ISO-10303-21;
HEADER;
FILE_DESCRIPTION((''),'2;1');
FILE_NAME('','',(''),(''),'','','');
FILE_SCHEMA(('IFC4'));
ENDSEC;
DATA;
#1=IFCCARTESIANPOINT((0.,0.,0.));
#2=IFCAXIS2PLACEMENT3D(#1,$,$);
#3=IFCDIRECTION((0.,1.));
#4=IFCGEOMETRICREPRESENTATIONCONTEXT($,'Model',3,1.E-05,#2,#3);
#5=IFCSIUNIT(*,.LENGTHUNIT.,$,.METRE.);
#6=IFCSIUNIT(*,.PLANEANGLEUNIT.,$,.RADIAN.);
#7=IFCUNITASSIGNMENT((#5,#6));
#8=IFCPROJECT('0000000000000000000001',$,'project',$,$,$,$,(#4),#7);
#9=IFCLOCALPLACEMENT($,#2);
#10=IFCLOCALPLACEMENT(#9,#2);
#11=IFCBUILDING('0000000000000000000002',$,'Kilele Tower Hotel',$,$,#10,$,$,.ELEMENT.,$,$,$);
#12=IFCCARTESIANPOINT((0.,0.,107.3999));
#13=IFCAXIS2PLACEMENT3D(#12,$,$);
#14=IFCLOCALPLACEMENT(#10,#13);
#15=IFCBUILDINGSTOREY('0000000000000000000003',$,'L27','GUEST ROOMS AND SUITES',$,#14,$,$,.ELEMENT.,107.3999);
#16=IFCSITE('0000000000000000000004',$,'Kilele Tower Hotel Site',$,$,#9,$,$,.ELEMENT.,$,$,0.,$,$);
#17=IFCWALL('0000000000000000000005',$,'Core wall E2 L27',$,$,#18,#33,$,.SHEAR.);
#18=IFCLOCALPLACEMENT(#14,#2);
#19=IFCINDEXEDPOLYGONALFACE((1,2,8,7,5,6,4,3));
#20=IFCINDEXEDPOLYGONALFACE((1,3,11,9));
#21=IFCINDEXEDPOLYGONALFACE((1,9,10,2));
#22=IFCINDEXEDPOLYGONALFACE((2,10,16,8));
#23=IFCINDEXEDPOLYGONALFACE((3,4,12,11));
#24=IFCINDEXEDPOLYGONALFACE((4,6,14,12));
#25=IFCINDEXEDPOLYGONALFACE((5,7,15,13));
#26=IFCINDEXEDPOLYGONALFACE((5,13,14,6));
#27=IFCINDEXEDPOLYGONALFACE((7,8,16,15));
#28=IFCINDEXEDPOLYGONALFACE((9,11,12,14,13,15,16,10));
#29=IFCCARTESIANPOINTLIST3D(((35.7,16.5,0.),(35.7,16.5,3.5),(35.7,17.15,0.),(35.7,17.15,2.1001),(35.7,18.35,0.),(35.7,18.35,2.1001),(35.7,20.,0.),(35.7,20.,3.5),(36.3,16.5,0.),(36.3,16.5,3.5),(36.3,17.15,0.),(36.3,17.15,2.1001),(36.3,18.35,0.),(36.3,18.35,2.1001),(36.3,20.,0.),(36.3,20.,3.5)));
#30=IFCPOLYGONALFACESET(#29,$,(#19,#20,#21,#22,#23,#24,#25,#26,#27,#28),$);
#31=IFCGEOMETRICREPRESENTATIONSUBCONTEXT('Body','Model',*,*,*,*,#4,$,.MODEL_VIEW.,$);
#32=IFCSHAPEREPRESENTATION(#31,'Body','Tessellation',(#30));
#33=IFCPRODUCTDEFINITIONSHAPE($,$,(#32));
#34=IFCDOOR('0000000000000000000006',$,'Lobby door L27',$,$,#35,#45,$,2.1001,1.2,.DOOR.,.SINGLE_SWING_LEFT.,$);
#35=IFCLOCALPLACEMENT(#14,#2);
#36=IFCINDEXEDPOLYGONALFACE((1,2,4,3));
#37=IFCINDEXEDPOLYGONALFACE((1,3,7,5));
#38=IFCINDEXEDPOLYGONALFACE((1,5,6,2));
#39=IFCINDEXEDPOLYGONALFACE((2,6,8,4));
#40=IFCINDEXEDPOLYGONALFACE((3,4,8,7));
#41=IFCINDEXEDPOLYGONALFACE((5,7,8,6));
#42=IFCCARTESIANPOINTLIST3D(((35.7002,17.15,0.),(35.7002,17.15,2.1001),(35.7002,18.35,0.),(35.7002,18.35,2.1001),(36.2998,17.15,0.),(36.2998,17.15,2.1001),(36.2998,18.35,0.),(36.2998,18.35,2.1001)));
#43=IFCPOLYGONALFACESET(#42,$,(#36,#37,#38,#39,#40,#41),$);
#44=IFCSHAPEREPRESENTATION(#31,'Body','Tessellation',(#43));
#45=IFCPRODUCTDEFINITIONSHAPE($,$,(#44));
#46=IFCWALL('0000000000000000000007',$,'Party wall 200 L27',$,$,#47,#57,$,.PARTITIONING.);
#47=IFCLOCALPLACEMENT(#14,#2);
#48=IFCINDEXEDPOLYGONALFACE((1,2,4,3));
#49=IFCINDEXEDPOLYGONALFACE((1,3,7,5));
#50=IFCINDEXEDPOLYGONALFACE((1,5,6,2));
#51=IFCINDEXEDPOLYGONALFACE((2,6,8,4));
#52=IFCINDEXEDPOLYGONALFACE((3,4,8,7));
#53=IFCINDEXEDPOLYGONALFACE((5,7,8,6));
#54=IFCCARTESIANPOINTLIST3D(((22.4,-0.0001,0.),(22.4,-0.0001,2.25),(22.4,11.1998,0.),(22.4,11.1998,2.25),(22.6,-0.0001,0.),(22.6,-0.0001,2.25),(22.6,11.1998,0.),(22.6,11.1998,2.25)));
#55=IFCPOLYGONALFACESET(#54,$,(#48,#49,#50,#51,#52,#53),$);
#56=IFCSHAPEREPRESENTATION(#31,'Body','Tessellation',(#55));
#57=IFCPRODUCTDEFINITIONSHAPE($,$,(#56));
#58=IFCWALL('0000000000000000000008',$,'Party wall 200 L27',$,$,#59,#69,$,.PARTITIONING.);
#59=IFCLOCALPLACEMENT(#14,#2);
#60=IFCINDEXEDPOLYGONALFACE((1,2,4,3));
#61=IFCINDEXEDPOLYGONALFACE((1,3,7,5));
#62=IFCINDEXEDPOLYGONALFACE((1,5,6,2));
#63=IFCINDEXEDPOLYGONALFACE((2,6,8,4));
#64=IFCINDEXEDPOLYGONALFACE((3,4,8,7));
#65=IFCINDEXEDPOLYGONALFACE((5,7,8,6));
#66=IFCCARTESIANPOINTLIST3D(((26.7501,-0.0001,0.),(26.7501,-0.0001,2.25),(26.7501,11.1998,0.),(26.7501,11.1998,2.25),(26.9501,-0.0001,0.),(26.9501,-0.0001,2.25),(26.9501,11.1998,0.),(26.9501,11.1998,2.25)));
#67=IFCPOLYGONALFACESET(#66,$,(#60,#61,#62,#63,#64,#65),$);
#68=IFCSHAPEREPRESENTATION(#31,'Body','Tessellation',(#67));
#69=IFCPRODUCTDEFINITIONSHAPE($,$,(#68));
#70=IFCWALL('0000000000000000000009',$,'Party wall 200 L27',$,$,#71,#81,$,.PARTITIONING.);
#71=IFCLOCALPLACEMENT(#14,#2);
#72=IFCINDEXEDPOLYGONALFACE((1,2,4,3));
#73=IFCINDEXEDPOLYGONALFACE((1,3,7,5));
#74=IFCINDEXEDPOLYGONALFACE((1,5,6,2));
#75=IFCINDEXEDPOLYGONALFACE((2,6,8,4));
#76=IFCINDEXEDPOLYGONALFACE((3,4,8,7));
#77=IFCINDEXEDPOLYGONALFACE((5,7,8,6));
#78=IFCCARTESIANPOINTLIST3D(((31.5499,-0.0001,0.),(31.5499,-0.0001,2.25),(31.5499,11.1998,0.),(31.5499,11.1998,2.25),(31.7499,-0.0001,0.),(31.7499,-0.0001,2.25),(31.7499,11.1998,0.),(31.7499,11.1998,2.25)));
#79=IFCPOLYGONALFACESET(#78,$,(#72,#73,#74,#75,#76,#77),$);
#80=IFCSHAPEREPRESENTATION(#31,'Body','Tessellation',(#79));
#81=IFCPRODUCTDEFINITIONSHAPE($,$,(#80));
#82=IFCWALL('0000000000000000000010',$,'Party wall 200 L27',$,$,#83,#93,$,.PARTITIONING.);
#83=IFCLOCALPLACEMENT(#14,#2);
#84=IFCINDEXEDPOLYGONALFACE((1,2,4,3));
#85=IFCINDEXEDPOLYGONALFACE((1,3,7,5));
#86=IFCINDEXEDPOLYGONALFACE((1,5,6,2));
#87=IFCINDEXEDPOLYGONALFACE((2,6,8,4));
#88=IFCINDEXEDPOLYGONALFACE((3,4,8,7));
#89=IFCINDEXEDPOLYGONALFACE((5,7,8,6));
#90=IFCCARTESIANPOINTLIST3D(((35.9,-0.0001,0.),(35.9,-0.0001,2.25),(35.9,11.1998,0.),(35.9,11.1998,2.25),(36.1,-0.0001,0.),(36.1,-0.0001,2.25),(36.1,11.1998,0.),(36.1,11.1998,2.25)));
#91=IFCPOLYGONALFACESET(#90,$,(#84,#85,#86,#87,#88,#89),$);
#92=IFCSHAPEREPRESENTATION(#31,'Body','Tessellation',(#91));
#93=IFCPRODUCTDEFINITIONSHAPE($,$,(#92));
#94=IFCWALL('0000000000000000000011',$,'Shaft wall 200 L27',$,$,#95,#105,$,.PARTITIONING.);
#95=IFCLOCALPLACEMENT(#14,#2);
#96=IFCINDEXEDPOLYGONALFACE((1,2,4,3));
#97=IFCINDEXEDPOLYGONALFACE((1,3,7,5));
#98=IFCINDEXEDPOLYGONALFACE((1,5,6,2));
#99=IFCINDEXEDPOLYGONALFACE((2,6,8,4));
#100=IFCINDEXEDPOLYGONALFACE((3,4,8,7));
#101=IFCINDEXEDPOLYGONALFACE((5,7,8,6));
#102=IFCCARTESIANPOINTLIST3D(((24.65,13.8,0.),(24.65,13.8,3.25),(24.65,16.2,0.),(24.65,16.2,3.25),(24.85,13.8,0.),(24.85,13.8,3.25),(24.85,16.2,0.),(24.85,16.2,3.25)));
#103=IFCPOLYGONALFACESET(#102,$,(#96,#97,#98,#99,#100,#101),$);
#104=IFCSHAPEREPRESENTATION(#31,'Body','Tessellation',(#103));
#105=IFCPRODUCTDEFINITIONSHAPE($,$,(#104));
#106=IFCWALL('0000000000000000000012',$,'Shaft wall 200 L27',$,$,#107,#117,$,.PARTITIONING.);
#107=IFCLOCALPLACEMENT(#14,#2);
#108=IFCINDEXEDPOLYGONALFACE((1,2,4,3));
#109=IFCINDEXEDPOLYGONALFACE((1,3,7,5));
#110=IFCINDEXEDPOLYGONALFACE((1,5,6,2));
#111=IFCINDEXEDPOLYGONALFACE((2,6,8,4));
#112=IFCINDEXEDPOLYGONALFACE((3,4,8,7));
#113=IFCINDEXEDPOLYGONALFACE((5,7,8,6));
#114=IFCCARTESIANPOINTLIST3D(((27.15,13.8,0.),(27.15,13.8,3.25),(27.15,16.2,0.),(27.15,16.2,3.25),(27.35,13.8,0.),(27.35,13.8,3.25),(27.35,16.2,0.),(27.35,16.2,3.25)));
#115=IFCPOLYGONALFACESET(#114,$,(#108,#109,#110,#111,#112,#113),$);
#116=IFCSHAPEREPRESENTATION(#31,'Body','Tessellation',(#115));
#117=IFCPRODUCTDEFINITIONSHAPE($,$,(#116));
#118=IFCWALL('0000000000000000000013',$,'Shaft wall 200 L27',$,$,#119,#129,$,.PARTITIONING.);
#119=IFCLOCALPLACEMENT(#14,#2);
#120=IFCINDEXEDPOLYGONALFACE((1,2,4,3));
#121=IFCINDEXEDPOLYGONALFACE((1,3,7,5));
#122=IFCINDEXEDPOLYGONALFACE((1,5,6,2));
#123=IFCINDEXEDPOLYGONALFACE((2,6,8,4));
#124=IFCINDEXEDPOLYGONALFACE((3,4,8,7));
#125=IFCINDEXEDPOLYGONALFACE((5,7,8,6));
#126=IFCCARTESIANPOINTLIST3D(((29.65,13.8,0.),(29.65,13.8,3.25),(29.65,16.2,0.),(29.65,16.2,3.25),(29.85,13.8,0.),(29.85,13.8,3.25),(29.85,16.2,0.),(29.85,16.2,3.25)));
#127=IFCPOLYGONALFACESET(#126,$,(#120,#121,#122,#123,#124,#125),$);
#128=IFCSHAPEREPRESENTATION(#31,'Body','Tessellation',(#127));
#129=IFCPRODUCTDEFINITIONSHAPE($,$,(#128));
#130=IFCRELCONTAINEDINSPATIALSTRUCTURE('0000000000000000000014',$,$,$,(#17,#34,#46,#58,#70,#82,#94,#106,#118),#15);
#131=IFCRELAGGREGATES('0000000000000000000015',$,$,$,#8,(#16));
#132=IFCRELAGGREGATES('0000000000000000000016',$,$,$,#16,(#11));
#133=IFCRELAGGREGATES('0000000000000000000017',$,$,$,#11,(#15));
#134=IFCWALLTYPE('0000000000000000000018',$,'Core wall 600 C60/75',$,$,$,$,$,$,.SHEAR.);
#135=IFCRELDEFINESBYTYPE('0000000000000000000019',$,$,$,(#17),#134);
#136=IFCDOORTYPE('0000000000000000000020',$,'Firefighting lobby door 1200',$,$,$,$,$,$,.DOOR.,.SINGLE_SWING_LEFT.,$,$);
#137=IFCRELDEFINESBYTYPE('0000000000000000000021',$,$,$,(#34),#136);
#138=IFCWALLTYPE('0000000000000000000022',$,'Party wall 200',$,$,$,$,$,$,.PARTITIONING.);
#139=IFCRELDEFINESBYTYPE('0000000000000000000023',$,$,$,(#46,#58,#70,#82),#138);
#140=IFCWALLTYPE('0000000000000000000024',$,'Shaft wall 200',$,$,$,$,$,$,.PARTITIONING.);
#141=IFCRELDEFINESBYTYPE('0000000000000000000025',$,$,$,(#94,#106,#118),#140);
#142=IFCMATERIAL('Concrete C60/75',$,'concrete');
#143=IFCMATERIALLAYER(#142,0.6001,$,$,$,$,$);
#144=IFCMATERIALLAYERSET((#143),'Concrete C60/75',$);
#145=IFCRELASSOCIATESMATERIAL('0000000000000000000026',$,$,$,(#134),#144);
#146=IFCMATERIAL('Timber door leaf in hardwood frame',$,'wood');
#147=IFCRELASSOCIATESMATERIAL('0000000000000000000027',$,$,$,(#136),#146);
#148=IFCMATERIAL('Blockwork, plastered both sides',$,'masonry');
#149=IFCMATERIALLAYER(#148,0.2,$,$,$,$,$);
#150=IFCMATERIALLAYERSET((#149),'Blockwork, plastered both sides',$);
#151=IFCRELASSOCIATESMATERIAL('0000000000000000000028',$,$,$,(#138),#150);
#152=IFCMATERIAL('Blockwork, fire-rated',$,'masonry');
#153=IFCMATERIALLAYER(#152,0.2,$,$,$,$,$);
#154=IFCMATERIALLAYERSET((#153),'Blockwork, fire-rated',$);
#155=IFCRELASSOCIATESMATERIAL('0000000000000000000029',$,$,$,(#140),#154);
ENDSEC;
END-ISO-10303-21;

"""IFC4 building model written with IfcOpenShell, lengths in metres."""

from ifc_helpers import new_model, si_unit, direction, frame, frame_2d, origin, place, context, subcontext, project, spatial, rectangle, extrude, material, layer, layer_set, type_object, element, fill, save


model = new_model("IFC4")

# Units and contexts
model_context = context("Model", 3, precision=1e-05, world=origin(), true_north=direction((0.0, 1.0)))
body_context = subcontext(model_context, "Body", "Model", "MODEL_VIEW")
ifc_project = project(units=[si_unit("LENGTHUNIT", "METRE"), si_unit("PLANEANGLEUNIT", "RADIAN")], contexts=[model_context])

# Site, building, storey
site_placement = place(None, origin())
site = spatial("IfcSite", under=ifc_project, at=site_placement, Name="Kilele Tower Hotel Site", CompositionType="ELEMENT", RefElevation=0.0)
building_placement = place(site_placement, origin())
building = spatial("IfcBuilding", under=site, at=building_placement, Name="Kilele Tower Hotel", CompositionType="ELEMENT")
storey_placement = place(building_placement, frame((0.0, 0.0, 107.3999)))
storey = spatial("IfcBuildingStorey", under=building, at=storey_placement, Name="L27", Description="GUEST ROOMS AND SUITES", CompositionType="ELEMENT", Elevation=107.3999)

# Shared definitions
ifc_material_1 = material(Name="Concrete C60/75", Category="concrete")
ifc_layer_1 = layer(ifc_material_1, 0.6001)
ifc_layer_set_1 = layer_set([ifc_layer_1], Name="Concrete C60/75")
wall_type_1 = type_object("IfcWallType", Name="Core wall 600 C60/75", PredefinedType="SHEAR", material=ifc_layer_set_1)
ifc_material_2 = material(Name="Timber door leaf in hardwood frame", Category="wood")
door_type_1 = type_object("IfcDoorType", Name="Firefighting lobby door 1200", OperationType="SINGLE_SWING_LEFT", PredefinedType="DOOR", material=ifc_material_2)

# Wall, opening, door
wall_1_placement = place(storey_placement, frame((36.0, 16.5, 0.0), z_axis=(0.0, 0.0, 1.0), x_axis=(0.0, 1.0, 0.0)))
wall_1 = element("IfcWall", 1, at=wall_1_placement, inside=storey, type_object=wall_type_1, Name="Core wall E2 L27", PredefinedType="SHEAR", context=body_context, shape_type="SweptSolid", body=[
    extrude(rectangle(XDim=3.5, YDim=0.6001, at=frame_2d((1.75, 0.0))), origin(), (0.0, 0.0, 1.0), 3.5),
])
opening_1_placement = place(wall_1_placement, frame((0.6499, 0.0, 0.0)))
opening_1 = element("IfcOpeningElement", 2, at=opening_1_placement, cuts=wall_1, PredefinedType="OPENING", context=body_context, shape_type="SweptSolid", body=[
    extrude(rectangle(XDim=1.2, YDim=2.1001, at=frame_2d((0.6001, 1.05))), frame((0.0, 0.3101, 0.0), z_axis=(0.0, -1.0, 0.0), x_axis=(1.0, 0.0, 0.0)), (0.0, 0.0, 1.0), 0.6201),
])
door_1_placement = place(opening_1_placement, origin())
door_1 = element("IfcDoor", 3, at=door_1_placement, inside=storey, type_object=door_type_1, Name="Lobby door L27", OperationType="SINGLE_SWING_LEFT", OverallHeight=2.1001, OverallWidth=1.2, PredefinedType="DOOR", context=body_context, shape_type="SweptSolid", body=[
    extrude(rectangle(XDim=1.2, YDim=2.1001, at=frame_2d((0.6001, 1.05))), frame((0.0, 0.2998, 0.0), z_axis=(0.0, -1.0, 0.0), x_axis=(1.0, 0.0, 0.0)), (0.0, 0.0, 1.0), 0.5996),
])
fill(opening_1, door_1)

# Walls
ifc_material_3 = material(Name="Blockwork, plastered both sides", Category="masonry")
ifc_layer_2 = layer(ifc_material_3, 0.2)
ifc_layer_set_2 = layer_set([ifc_layer_2], Name="Blockwork, plastered both sides")
wall_type_2 = type_object("IfcWallType", Name="Party wall 200", PredefinedType="PARTITIONING", material=ifc_layer_set_2)
for number, where, z_axis, x_axis, name in (
    (4, (22.5, 11.2, 0.0), (0.0, 0.0, 1.0), (0.0, -1.0, 0.0), "Party wall 200 L27"),
    (5, (26.8501, 11.2, 0.0), (0.0, 0.0, 1.0), (0.0, -1.0, 0.0), "Party wall 200 L27"),
    (6, (31.6499, 11.2, 0.0), (0.0, 0.0, 1.0), (0.0, -1.0, 0.0), "Party wall 200 L27"),
    (7, (36.0, 11.2, 0.0), (0.0, 0.0, 1.0), (0.0, -1.0, 0.0), "Party wall 200 L27"),
):
    element("IfcWall", number, at=place(storey_placement, frame(where, z_axis=z_axis, x_axis=x_axis)), inside=storey, type_object=wall_type_2, Name=name, PredefinedType="PARTITIONING", context=body_context, shape_type="SweptSolid", body=[
        extrude(rectangle(XDim=11.2, YDim=0.2, at=frame_2d((5.6001, 0.0))), origin(), (0.0, 0.0, 1.0), 2.25),
    ])
ifc_material_4 = material(Name="Blockwork, fire-rated", Category="masonry")
ifc_layer_3 = layer(ifc_material_4, 0.2)
ifc_layer_set_3 = layer_set([ifc_layer_3], Name="Blockwork, fire-rated")
wall_type_3 = type_object("IfcWallType", Name="Shaft wall 200", PredefinedType="PARTITIONING", material=ifc_layer_set_3)
for number, where, z_axis, x_axis, name in (
    (8, (24.75, 13.8, 0.0), (0.0, 0.0, 1.0), (0.0, 1.0, 0.0), "Shaft wall 200 L27"),
    (9, (27.25, 13.8, 0.0), (0.0, 0.0, 1.0), (0.0, 1.0, 0.0), "Shaft wall 200 L27"),
    (10, (29.75, 13.8, 0.0), (0.0, 0.0, 1.0), (0.0, 1.0, 0.0), "Shaft wall 200 L27"),
):
    element("IfcWall", number, at=place(storey_placement, frame(where, z_axis=z_axis, x_axis=x_axis)), inside=storey, type_object=wall_type_3, Name=name, PredefinedType="PARTITIONING", context=body_context, shape_type="SweptSolid", body=[
        extrude(rectangle(XDim=2.3999, YDim=0.2, at=frame_2d((1.2, 0.0))), origin(), (0.0, 0.0, 1.0), 3.25),
    ])

save(model, "model.ifc")
